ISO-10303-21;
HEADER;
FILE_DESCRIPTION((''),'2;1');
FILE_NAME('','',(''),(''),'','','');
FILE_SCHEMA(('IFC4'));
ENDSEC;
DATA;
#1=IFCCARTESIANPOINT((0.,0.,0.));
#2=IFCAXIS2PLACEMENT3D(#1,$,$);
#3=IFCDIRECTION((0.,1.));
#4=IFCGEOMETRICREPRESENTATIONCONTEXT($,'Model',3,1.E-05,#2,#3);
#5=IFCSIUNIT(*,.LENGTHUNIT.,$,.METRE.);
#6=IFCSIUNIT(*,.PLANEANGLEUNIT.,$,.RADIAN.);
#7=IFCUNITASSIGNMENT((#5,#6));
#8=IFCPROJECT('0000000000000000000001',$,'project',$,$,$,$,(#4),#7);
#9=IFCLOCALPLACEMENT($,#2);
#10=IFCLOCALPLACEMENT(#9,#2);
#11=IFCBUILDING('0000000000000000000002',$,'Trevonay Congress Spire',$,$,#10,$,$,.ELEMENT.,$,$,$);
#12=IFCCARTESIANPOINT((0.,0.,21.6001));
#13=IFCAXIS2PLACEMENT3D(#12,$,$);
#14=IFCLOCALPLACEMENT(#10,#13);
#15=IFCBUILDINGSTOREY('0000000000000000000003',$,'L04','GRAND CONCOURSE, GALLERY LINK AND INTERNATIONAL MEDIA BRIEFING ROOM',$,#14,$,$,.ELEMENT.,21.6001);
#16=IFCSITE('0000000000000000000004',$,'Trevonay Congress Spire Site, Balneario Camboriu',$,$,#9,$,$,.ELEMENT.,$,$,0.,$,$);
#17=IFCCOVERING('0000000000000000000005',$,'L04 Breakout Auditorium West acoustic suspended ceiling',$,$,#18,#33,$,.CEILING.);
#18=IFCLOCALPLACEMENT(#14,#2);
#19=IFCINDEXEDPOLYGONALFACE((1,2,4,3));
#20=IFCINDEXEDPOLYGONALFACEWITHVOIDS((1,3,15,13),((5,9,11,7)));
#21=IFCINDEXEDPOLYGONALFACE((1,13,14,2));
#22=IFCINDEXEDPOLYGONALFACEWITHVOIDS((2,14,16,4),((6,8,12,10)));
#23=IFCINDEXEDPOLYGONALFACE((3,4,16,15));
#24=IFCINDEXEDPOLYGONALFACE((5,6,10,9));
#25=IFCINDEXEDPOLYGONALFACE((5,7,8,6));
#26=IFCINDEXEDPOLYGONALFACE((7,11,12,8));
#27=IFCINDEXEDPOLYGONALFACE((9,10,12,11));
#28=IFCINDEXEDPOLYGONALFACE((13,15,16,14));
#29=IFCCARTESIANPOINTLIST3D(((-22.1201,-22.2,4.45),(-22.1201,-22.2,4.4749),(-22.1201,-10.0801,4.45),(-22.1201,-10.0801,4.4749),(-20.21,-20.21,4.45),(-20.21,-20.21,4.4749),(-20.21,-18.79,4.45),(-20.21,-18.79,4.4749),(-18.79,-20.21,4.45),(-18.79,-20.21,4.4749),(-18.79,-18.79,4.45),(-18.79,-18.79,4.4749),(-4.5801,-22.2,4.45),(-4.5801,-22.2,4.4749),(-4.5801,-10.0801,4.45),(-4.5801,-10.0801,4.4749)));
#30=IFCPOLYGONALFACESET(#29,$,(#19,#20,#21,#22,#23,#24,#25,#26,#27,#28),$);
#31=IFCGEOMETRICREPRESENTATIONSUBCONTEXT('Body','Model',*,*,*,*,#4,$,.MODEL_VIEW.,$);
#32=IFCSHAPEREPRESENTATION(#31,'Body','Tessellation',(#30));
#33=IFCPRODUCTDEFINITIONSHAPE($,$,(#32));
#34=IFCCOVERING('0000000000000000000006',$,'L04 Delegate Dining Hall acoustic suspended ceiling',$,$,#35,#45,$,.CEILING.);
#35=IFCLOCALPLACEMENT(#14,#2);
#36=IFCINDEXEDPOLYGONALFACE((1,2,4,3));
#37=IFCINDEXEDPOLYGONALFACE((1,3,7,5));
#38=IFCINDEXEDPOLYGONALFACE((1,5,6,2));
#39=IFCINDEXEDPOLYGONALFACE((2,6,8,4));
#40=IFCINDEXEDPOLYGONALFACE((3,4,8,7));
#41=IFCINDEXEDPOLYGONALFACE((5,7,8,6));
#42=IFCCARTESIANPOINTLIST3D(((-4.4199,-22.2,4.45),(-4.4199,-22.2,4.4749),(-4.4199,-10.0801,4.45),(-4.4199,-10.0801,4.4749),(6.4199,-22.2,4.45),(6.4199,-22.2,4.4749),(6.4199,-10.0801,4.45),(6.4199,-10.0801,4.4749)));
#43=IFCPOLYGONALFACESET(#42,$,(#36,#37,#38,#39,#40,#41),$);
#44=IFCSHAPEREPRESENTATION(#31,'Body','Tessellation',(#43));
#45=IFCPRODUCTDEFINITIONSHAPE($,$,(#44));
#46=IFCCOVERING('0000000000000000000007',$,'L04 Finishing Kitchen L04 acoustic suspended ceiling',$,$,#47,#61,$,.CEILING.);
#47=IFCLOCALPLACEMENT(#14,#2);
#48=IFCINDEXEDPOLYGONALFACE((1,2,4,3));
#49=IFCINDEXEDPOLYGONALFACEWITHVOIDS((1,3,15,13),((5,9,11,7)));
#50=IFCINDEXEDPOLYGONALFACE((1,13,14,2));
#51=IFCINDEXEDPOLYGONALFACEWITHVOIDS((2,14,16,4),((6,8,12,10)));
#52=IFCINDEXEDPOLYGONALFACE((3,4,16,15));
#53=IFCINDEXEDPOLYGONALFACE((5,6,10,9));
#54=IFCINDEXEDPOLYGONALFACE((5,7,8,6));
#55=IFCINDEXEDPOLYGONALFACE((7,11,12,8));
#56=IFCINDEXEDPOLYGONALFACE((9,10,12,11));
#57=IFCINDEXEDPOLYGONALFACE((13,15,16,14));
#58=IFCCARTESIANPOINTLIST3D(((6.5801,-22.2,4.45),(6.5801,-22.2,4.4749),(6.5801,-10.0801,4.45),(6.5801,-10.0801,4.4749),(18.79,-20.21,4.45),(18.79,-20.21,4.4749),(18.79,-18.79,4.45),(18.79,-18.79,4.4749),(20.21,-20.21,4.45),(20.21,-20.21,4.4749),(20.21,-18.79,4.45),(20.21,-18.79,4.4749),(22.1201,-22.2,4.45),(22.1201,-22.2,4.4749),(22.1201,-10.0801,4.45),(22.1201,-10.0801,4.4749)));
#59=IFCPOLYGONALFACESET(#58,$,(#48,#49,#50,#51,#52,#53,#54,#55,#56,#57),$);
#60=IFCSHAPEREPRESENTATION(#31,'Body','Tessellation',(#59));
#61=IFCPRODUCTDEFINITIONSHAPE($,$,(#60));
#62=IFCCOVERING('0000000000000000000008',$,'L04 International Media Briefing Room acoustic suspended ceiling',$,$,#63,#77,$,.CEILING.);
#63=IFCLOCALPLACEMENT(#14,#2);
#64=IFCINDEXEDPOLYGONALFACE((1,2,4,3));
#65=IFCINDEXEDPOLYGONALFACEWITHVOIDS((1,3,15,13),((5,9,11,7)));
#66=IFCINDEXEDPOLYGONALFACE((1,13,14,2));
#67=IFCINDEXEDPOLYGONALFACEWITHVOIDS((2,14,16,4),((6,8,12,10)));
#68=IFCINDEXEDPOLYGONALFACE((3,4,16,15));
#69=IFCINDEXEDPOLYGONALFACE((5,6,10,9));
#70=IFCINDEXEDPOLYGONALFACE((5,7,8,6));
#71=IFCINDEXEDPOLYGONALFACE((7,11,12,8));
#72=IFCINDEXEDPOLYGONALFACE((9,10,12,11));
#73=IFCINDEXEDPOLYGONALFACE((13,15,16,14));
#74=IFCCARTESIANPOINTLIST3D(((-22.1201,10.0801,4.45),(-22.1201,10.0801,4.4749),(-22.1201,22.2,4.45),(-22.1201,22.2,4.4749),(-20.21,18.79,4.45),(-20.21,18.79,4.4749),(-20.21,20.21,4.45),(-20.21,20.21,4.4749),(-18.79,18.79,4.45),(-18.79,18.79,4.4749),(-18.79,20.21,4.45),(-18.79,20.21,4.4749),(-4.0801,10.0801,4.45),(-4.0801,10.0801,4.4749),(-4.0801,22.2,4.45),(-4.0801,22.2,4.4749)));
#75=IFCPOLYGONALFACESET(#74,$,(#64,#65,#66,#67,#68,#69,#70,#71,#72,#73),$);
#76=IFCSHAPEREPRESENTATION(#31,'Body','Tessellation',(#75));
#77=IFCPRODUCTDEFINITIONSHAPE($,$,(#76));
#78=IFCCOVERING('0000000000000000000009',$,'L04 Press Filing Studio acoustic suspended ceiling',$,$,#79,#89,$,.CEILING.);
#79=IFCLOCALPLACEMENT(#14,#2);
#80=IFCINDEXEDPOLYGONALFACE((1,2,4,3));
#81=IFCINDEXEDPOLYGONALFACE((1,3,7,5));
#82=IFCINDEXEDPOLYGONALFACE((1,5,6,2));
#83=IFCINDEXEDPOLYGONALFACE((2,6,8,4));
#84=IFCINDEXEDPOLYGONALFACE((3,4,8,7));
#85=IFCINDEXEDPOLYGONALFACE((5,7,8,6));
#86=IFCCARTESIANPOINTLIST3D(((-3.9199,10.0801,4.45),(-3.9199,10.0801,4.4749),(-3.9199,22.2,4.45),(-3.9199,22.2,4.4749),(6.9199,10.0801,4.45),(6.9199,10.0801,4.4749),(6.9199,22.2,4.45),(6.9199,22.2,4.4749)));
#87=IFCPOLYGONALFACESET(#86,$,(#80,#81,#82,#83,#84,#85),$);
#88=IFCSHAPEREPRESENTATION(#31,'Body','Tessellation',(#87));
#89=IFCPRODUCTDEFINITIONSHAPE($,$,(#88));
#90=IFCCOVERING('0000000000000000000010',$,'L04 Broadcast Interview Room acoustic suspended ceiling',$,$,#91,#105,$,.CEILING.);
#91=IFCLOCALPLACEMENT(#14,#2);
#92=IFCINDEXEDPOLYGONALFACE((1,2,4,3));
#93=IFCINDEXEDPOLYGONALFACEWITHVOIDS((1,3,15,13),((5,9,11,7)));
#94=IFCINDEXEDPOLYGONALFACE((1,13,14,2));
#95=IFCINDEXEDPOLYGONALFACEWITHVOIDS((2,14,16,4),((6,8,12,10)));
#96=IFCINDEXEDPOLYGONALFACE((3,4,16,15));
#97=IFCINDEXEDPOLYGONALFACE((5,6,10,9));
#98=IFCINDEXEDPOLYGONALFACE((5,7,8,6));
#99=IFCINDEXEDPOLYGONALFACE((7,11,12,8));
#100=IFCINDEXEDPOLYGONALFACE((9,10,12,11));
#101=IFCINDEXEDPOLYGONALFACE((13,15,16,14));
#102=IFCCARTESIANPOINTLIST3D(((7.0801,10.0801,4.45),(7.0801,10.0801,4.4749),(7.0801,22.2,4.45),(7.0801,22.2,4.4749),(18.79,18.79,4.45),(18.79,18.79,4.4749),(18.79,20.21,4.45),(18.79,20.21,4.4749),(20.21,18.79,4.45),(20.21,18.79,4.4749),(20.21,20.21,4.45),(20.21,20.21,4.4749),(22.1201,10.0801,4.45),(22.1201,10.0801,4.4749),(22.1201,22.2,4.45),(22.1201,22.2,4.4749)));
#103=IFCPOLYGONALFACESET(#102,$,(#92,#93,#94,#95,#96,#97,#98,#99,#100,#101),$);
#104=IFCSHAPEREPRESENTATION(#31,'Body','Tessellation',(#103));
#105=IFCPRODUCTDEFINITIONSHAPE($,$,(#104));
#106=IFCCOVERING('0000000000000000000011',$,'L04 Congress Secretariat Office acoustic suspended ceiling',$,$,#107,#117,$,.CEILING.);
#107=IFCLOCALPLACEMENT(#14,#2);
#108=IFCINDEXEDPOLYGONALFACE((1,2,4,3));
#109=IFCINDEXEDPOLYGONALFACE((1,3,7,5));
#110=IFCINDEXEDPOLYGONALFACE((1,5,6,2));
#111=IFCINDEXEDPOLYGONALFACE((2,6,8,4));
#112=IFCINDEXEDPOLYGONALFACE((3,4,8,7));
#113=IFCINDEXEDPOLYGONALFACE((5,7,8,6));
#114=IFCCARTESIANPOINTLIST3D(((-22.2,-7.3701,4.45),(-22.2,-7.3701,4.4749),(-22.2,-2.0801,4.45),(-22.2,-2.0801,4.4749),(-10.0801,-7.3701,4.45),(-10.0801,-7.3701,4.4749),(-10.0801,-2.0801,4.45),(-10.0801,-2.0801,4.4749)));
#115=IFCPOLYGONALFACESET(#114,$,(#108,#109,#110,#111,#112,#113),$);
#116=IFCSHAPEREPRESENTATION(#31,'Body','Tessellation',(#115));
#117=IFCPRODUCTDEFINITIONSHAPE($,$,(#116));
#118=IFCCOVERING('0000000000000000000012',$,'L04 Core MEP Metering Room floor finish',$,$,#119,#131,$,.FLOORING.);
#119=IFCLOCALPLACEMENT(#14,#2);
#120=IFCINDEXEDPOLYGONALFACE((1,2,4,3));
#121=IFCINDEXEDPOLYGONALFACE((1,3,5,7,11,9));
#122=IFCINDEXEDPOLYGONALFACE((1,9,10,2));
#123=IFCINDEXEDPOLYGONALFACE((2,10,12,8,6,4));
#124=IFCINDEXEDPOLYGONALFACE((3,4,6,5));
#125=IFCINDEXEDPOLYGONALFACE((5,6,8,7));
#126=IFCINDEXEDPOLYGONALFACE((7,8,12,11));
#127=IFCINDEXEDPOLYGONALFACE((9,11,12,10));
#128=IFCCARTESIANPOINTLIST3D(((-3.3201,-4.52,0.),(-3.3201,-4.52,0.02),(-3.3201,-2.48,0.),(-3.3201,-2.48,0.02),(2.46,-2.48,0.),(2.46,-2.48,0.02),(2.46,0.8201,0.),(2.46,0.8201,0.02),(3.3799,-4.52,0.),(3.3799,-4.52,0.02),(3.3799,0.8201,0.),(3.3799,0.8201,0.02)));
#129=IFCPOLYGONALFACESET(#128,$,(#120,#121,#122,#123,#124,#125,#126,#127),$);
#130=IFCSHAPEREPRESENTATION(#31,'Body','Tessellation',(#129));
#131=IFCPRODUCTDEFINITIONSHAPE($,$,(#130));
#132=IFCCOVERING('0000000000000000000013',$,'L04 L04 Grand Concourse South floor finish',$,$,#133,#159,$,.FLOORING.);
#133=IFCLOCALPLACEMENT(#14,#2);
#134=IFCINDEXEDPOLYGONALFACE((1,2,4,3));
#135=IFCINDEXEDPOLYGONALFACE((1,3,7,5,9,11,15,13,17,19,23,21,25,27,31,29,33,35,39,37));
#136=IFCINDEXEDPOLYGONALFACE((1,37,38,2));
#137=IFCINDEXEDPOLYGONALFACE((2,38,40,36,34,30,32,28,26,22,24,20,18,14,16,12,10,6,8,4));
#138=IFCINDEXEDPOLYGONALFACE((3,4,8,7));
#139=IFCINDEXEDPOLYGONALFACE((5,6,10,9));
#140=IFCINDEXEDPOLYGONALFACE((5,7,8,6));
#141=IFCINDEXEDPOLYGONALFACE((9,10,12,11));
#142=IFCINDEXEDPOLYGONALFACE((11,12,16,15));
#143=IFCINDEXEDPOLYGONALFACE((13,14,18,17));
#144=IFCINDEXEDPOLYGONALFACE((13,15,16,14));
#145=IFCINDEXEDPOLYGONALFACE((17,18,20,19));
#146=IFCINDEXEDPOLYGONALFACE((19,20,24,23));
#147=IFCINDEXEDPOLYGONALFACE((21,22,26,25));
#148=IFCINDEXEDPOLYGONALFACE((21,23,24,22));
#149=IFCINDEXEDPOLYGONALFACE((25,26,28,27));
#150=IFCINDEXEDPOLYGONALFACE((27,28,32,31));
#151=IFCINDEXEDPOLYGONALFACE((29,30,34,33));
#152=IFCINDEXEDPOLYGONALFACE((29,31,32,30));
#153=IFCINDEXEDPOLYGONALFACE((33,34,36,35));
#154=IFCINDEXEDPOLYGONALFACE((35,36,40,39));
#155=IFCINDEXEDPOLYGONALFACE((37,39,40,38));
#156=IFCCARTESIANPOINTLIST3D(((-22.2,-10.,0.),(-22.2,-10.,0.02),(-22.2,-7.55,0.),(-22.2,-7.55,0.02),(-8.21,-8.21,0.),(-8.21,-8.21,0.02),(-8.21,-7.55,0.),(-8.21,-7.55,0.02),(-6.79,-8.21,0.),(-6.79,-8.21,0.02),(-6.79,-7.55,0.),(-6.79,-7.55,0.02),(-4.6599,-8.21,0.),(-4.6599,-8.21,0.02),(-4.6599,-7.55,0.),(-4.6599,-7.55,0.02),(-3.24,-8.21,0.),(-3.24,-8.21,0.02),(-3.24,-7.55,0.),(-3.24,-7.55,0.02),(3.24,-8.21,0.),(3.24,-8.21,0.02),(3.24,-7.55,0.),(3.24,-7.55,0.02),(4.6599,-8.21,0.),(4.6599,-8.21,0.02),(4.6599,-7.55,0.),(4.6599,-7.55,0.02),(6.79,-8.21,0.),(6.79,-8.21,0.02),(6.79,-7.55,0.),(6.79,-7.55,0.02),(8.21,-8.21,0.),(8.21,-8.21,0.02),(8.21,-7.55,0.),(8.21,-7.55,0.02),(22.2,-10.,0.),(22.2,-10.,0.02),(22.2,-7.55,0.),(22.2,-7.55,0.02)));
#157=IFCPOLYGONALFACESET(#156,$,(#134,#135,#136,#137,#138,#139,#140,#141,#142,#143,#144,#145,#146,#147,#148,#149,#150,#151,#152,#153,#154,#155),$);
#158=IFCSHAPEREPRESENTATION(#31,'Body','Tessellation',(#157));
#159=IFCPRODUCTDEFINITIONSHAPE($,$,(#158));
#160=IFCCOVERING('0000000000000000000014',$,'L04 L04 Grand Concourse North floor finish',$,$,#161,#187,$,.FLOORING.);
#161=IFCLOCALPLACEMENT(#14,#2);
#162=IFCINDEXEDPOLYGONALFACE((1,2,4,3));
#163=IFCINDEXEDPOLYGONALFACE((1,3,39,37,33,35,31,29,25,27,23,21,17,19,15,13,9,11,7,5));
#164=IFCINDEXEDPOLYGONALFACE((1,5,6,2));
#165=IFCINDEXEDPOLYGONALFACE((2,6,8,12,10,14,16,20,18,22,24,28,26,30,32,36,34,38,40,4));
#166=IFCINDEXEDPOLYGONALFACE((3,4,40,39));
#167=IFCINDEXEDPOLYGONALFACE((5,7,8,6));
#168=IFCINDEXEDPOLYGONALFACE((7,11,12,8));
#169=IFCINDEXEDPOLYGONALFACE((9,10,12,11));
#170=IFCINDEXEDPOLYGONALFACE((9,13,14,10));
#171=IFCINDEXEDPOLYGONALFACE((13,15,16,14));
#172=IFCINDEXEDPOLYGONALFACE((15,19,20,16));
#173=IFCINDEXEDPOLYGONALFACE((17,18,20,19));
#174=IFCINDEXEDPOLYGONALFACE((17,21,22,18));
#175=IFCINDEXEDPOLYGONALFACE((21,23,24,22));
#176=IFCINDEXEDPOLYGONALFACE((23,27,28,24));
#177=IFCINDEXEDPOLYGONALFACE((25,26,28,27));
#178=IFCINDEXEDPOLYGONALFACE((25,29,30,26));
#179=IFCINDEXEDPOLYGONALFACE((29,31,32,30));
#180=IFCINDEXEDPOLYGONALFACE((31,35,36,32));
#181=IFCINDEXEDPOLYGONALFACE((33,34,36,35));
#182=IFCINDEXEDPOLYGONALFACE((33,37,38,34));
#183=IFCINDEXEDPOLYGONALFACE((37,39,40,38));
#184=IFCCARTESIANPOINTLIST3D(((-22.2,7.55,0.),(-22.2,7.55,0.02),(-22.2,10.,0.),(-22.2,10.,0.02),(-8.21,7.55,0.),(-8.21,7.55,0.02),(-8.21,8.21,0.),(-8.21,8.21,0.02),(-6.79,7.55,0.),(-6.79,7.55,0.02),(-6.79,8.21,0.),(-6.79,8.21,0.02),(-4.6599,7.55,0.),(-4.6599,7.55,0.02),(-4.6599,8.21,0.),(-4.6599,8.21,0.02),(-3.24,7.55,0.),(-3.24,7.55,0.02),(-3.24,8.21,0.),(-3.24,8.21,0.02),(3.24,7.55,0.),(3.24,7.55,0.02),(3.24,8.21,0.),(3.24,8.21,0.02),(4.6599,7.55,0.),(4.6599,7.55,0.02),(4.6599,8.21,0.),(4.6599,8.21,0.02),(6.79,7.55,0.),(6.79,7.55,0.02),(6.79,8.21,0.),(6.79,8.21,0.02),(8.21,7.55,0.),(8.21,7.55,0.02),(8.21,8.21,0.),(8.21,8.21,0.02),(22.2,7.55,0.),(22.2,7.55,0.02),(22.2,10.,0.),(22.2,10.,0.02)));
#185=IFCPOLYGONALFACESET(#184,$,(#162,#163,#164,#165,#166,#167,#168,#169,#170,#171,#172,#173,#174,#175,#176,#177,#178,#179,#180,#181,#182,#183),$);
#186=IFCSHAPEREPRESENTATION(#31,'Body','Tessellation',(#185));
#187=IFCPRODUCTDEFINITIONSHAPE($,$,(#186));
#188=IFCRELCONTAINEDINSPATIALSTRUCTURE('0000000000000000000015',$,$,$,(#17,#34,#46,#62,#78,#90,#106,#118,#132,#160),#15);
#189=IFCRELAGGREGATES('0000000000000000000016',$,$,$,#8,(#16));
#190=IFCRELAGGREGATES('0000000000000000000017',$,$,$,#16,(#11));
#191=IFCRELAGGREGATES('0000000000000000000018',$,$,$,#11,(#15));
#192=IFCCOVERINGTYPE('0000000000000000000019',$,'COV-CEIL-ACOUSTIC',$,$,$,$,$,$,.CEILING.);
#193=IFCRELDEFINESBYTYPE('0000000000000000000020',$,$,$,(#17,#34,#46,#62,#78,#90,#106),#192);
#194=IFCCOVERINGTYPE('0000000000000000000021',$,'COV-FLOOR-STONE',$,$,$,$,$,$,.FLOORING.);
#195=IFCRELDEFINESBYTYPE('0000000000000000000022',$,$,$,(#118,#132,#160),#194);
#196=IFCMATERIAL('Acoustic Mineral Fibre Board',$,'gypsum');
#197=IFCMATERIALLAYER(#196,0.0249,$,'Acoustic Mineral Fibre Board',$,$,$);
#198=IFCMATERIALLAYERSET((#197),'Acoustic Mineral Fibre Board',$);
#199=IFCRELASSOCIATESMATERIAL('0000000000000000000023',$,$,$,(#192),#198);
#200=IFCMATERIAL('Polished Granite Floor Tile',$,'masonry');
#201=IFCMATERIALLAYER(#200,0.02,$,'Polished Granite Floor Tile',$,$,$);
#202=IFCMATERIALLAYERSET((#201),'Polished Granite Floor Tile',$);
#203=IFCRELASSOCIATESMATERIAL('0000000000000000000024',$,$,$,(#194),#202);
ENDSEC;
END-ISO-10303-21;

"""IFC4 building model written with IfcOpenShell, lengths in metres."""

from ifc_helpers import new_model, si_unit, direction, frame, origin, place, context, subcontext, project, spatial, polyline, outline, extrude, material, layer, layer_set, type_object, element, save


model = new_model("IFC4")

# Units and contexts
model_context = context("Model", 3, precision=1e-05, world=origin(), true_north=direction((0.0, 1.0)))
body_context = subcontext(model_context, "Body", "Model", "MODEL_VIEW")
ifc_project = project(units=[si_unit("LENGTHUNIT", "METRE"), si_unit("PLANEANGLEUNIT", "RADIAN")], contexts=[model_context])

# Site, building, storey
site_placement = place(None, origin())
site = spatial("IfcSite", under=ifc_project, at=site_placement, Name="Trevonay Congress Spire Site, Balneario Camboriu", CompositionType="ELEMENT", RefElevation=0.0)
building_placement = place(site_placement, origin())
building = spatial("IfcBuilding", under=site, at=building_placement, Name="Trevonay Congress Spire", CompositionType="ELEMENT")
storey_placement = place(building_placement, frame((0.0, 0.0, 21.6001)))
storey = spatial("IfcBuildingStorey", under=building, at=storey_placement, Name="L04", Description="GRAND CONCOURSE, GALLERY LINK AND INTERNATIONAL MEDIA BRIEFING ROOM", CompositionType="ELEMENT", Elevation=21.6001)

# Coverings
ifc_material_1 = material(Name="Acoustic Mineral Fibre Board", Category="gypsum")
ifc_layer_1 = layer(ifc_material_1, 0.0249, Name="Acoustic Mineral Fibre Board")
ifc_layer_set_1 = layer_set([ifc_layer_1], Name="Acoustic Mineral Fibre Board")
covering_type_1 = type_object("IfcCoveringType", Name="COV-CEIL-ACOUSTIC", PredefinedType="CEILING", material=ifc_layer_set_1)
covering_1_placement = place(storey_placement, frame((0.0, 0.0, 4.45)))
element("IfcCovering", 1, at=covering_1_placement, inside=storey, type_object=covering_type_1, Name="L04 Breakout Auditorium West acoustic suspended ceiling", PredefinedType="CEILING", context=body_context, shape_type="SweptSolid", body=[
    extrude(outline(polyline([(-22.1201, -10.0801), (-4.5801, -10.0801), (-4.5801, -22.2), (-22.1201, -22.2), (-22.1201, -10.0801)]), holes=[polyline([(-18.79, -20.21), (-18.79, -18.79), (-20.21, -18.79), (-20.21, -20.21), (-18.79, -20.21)])]), origin(), (0.0, 0.0, 1.0), 0.0249),
])
covering_2_placement = place(storey_placement, frame((0.0, 0.0, 4.45)))
element("IfcCovering", 2, at=covering_2_placement, inside=storey, type_object=covering_type_1, Name="L04 Delegate Dining Hall acoustic suspended ceiling", PredefinedType="CEILING", context=body_context, shape_type="SweptSolid", body=[
    extrude(outline(polyline([(-4.4199, -22.2), (6.4199, -22.2), (6.4199, -10.0801), (-4.4199, -10.0801), (-4.4199, -22.2)])), origin(), (0.0, 0.0, 1.0), 0.0249),
])
covering_3_placement = place(storey_placement, frame((0.0, 0.0, 4.45)))
element("IfcCovering", 3, at=covering_3_placement, inside=storey, type_object=covering_type_1, Name="L04 Finishing Kitchen L04 acoustic suspended ceiling", PredefinedType="CEILING", context=body_context, shape_type="SweptSolid", body=[
    extrude(outline(polyline([(6.5801, -10.0801), (22.1201, -10.0801), (22.1201, -22.2), (6.5801, -22.2), (6.5801, -10.0801)]), holes=[polyline([(20.21, -20.21), (20.21, -18.79), (18.79, -18.79), (18.79, -20.21), (20.21, -20.21)])]), origin(), (0.0, 0.0, 1.0), 0.0249),
])
covering_4_placement = place(storey_placement, frame((0.0, 0.0, 4.45)))
element("IfcCovering", 4, at=covering_4_placement, inside=storey, type_object=covering_type_1, Name="L04 International Media Briefing Room acoustic suspended ceiling", PredefinedType="CEILING", context=body_context, shape_type="SweptSolid", body=[
    extrude(outline(polyline([(-22.1201, 22.2), (-4.0801, 22.2), (-4.0801, 10.0801), (-22.1201, 10.0801), (-22.1201, 22.2)]), holes=[polyline([(-18.79, 18.79), (-18.79, 20.21), (-20.21, 20.21), (-20.21, 18.79), (-18.79, 18.79)])]), origin(), (0.0, 0.0, 1.0), 0.0249),
])
covering_5_placement = place(storey_placement, frame((0.0, 0.0, 4.45)))
element("IfcCovering", 5, at=covering_5_placement, inside=storey, type_object=covering_type_1, Name="L04 Press Filing Studio acoustic suspended ceiling", PredefinedType="CEILING", context=body_context, shape_type="SweptSolid", body=[
    extrude(outline(polyline([(-3.9199, 10.0801), (6.9199, 10.0801), (6.9199, 22.2), (-3.9199, 22.2), (-3.9199, 10.0801)])), origin(), (0.0, 0.0, 1.0), 0.0249),
])
covering_6_placement = place(storey_placement, frame((0.0, 0.0, 4.45)))
element("IfcCovering", 6, at=covering_6_placement, inside=storey, type_object=covering_type_1, Name="L04 Broadcast Interview Room acoustic suspended ceiling", PredefinedType="CEILING", context=body_context, shape_type="SweptSolid", body=[
    extrude(outline(polyline([(7.0801, 22.2), (22.1201, 22.2), (22.1201, 10.0801), (7.0801, 10.0801), (7.0801, 22.2)]), holes=[polyline([(20.21, 18.79), (20.21, 20.21), (18.79, 20.21), (18.79, 18.79), (20.21, 18.79)])]), origin(), (0.0, 0.0, 1.0), 0.0249),
])
covering_7_placement = place(storey_placement, frame((0.0, 0.0, 4.45)))
element("IfcCovering", 7, at=covering_7_placement, inside=storey, type_object=covering_type_1, Name="L04 Congress Secretariat Office acoustic suspended ceiling", PredefinedType="CEILING", context=body_context, shape_type="SweptSolid", body=[
    extrude(outline(polyline([(-22.2, -7.3701), (-10.0801, -7.3701), (-10.0801, -2.0801), (-22.2, -2.0801), (-22.2, -7.3701)])), origin(), (0.0, 0.0, 1.0), 0.0249),
])
ifc_material_2 = material(Name="Polished Granite Floor Tile", Category="masonry")
ifc_layer_2 = layer(ifc_material_2, 0.02, Name="Polished Granite Floor Tile")
ifc_layer_set_2 = layer_set([ifc_layer_2], Name="Polished Granite Floor Tile")
covering_type_2 = type_object("IfcCoveringType", Name="COV-FLOOR-STONE", PredefinedType="FLOORING", material=ifc_layer_set_2)
covering_8_placement = place(storey_placement, origin())
element("IfcCovering", 8, at=covering_8_placement, inside=storey, type_object=covering_type_2, Name="L04 Core MEP Metering Room floor finish", PredefinedType="FLOORING", context=body_context, shape_type="SweptSolid", body=[
    extrude(outline(polyline([(-3.3201, -4.52), (3.3799, -4.52), (3.3799, 0.8201), (2.46, 0.8201), (2.46, -2.48), (-3.3201, -2.48), (-3.3201, -4.52)])), origin(), (0.0, 0.0, 1.0), 0.02),
])
covering_9_placement = place(storey_placement, origin())
element("IfcCovering", 9, at=covering_9_placement, inside=storey, type_object=covering_type_2, Name="L04 L04 Grand Concourse South floor finish", PredefinedType="FLOORING", context=body_context, shape_type="SweptSolid", body=[
    extrude(outline(polyline([(22.2, -7.55), (22.2, -10.0), (-22.2, -10.0), (-22.2, -7.55), (-8.21, -7.55), (-8.21, -8.21), (-6.79, -8.21), (-6.79, -7.55), (-4.6599, -7.55), (-4.6599, -8.21), (-3.24, -8.21), (-3.24, -7.55), (3.24, -7.55), (3.24, -8.21), (4.6599, -8.21), (4.6599, -7.55), (6.79, -7.55), (6.79, -8.21), (8.21, -8.21), (8.21, -7.55), (22.2, -7.55)])), origin(), (0.0, 0.0, 1.0), 0.02),
])
covering_10_placement = place(storey_placement, origin())
element("IfcCovering", 10, at=covering_10_placement, inside=storey, type_object=covering_type_2, Name="L04 L04 Grand Concourse North floor finish", PredefinedType="FLOORING", context=body_context, shape_type="SweptSolid", body=[
    extrude(outline(polyline([(-22.2, 7.55), (-22.2, 10.0), (22.2, 10.0), (22.2, 7.55), (8.21, 7.55), (8.21, 8.21), (6.79, 8.21), (6.79, 7.55), (4.6599, 7.55), (4.6599, 8.21), (3.24, 8.21), (3.24, 7.55), (-3.24, 7.55), (-3.24, 8.21), (-4.6599, 8.21), (-4.6599, 7.55), (-6.79, 7.55), (-6.79, 8.21), (-8.21, 8.21), (-8.21, 7.55), (-22.2, 7.55)])), origin(), (0.0, 0.0, 1.0), 0.02),
])

save(model, "model.ifc")
